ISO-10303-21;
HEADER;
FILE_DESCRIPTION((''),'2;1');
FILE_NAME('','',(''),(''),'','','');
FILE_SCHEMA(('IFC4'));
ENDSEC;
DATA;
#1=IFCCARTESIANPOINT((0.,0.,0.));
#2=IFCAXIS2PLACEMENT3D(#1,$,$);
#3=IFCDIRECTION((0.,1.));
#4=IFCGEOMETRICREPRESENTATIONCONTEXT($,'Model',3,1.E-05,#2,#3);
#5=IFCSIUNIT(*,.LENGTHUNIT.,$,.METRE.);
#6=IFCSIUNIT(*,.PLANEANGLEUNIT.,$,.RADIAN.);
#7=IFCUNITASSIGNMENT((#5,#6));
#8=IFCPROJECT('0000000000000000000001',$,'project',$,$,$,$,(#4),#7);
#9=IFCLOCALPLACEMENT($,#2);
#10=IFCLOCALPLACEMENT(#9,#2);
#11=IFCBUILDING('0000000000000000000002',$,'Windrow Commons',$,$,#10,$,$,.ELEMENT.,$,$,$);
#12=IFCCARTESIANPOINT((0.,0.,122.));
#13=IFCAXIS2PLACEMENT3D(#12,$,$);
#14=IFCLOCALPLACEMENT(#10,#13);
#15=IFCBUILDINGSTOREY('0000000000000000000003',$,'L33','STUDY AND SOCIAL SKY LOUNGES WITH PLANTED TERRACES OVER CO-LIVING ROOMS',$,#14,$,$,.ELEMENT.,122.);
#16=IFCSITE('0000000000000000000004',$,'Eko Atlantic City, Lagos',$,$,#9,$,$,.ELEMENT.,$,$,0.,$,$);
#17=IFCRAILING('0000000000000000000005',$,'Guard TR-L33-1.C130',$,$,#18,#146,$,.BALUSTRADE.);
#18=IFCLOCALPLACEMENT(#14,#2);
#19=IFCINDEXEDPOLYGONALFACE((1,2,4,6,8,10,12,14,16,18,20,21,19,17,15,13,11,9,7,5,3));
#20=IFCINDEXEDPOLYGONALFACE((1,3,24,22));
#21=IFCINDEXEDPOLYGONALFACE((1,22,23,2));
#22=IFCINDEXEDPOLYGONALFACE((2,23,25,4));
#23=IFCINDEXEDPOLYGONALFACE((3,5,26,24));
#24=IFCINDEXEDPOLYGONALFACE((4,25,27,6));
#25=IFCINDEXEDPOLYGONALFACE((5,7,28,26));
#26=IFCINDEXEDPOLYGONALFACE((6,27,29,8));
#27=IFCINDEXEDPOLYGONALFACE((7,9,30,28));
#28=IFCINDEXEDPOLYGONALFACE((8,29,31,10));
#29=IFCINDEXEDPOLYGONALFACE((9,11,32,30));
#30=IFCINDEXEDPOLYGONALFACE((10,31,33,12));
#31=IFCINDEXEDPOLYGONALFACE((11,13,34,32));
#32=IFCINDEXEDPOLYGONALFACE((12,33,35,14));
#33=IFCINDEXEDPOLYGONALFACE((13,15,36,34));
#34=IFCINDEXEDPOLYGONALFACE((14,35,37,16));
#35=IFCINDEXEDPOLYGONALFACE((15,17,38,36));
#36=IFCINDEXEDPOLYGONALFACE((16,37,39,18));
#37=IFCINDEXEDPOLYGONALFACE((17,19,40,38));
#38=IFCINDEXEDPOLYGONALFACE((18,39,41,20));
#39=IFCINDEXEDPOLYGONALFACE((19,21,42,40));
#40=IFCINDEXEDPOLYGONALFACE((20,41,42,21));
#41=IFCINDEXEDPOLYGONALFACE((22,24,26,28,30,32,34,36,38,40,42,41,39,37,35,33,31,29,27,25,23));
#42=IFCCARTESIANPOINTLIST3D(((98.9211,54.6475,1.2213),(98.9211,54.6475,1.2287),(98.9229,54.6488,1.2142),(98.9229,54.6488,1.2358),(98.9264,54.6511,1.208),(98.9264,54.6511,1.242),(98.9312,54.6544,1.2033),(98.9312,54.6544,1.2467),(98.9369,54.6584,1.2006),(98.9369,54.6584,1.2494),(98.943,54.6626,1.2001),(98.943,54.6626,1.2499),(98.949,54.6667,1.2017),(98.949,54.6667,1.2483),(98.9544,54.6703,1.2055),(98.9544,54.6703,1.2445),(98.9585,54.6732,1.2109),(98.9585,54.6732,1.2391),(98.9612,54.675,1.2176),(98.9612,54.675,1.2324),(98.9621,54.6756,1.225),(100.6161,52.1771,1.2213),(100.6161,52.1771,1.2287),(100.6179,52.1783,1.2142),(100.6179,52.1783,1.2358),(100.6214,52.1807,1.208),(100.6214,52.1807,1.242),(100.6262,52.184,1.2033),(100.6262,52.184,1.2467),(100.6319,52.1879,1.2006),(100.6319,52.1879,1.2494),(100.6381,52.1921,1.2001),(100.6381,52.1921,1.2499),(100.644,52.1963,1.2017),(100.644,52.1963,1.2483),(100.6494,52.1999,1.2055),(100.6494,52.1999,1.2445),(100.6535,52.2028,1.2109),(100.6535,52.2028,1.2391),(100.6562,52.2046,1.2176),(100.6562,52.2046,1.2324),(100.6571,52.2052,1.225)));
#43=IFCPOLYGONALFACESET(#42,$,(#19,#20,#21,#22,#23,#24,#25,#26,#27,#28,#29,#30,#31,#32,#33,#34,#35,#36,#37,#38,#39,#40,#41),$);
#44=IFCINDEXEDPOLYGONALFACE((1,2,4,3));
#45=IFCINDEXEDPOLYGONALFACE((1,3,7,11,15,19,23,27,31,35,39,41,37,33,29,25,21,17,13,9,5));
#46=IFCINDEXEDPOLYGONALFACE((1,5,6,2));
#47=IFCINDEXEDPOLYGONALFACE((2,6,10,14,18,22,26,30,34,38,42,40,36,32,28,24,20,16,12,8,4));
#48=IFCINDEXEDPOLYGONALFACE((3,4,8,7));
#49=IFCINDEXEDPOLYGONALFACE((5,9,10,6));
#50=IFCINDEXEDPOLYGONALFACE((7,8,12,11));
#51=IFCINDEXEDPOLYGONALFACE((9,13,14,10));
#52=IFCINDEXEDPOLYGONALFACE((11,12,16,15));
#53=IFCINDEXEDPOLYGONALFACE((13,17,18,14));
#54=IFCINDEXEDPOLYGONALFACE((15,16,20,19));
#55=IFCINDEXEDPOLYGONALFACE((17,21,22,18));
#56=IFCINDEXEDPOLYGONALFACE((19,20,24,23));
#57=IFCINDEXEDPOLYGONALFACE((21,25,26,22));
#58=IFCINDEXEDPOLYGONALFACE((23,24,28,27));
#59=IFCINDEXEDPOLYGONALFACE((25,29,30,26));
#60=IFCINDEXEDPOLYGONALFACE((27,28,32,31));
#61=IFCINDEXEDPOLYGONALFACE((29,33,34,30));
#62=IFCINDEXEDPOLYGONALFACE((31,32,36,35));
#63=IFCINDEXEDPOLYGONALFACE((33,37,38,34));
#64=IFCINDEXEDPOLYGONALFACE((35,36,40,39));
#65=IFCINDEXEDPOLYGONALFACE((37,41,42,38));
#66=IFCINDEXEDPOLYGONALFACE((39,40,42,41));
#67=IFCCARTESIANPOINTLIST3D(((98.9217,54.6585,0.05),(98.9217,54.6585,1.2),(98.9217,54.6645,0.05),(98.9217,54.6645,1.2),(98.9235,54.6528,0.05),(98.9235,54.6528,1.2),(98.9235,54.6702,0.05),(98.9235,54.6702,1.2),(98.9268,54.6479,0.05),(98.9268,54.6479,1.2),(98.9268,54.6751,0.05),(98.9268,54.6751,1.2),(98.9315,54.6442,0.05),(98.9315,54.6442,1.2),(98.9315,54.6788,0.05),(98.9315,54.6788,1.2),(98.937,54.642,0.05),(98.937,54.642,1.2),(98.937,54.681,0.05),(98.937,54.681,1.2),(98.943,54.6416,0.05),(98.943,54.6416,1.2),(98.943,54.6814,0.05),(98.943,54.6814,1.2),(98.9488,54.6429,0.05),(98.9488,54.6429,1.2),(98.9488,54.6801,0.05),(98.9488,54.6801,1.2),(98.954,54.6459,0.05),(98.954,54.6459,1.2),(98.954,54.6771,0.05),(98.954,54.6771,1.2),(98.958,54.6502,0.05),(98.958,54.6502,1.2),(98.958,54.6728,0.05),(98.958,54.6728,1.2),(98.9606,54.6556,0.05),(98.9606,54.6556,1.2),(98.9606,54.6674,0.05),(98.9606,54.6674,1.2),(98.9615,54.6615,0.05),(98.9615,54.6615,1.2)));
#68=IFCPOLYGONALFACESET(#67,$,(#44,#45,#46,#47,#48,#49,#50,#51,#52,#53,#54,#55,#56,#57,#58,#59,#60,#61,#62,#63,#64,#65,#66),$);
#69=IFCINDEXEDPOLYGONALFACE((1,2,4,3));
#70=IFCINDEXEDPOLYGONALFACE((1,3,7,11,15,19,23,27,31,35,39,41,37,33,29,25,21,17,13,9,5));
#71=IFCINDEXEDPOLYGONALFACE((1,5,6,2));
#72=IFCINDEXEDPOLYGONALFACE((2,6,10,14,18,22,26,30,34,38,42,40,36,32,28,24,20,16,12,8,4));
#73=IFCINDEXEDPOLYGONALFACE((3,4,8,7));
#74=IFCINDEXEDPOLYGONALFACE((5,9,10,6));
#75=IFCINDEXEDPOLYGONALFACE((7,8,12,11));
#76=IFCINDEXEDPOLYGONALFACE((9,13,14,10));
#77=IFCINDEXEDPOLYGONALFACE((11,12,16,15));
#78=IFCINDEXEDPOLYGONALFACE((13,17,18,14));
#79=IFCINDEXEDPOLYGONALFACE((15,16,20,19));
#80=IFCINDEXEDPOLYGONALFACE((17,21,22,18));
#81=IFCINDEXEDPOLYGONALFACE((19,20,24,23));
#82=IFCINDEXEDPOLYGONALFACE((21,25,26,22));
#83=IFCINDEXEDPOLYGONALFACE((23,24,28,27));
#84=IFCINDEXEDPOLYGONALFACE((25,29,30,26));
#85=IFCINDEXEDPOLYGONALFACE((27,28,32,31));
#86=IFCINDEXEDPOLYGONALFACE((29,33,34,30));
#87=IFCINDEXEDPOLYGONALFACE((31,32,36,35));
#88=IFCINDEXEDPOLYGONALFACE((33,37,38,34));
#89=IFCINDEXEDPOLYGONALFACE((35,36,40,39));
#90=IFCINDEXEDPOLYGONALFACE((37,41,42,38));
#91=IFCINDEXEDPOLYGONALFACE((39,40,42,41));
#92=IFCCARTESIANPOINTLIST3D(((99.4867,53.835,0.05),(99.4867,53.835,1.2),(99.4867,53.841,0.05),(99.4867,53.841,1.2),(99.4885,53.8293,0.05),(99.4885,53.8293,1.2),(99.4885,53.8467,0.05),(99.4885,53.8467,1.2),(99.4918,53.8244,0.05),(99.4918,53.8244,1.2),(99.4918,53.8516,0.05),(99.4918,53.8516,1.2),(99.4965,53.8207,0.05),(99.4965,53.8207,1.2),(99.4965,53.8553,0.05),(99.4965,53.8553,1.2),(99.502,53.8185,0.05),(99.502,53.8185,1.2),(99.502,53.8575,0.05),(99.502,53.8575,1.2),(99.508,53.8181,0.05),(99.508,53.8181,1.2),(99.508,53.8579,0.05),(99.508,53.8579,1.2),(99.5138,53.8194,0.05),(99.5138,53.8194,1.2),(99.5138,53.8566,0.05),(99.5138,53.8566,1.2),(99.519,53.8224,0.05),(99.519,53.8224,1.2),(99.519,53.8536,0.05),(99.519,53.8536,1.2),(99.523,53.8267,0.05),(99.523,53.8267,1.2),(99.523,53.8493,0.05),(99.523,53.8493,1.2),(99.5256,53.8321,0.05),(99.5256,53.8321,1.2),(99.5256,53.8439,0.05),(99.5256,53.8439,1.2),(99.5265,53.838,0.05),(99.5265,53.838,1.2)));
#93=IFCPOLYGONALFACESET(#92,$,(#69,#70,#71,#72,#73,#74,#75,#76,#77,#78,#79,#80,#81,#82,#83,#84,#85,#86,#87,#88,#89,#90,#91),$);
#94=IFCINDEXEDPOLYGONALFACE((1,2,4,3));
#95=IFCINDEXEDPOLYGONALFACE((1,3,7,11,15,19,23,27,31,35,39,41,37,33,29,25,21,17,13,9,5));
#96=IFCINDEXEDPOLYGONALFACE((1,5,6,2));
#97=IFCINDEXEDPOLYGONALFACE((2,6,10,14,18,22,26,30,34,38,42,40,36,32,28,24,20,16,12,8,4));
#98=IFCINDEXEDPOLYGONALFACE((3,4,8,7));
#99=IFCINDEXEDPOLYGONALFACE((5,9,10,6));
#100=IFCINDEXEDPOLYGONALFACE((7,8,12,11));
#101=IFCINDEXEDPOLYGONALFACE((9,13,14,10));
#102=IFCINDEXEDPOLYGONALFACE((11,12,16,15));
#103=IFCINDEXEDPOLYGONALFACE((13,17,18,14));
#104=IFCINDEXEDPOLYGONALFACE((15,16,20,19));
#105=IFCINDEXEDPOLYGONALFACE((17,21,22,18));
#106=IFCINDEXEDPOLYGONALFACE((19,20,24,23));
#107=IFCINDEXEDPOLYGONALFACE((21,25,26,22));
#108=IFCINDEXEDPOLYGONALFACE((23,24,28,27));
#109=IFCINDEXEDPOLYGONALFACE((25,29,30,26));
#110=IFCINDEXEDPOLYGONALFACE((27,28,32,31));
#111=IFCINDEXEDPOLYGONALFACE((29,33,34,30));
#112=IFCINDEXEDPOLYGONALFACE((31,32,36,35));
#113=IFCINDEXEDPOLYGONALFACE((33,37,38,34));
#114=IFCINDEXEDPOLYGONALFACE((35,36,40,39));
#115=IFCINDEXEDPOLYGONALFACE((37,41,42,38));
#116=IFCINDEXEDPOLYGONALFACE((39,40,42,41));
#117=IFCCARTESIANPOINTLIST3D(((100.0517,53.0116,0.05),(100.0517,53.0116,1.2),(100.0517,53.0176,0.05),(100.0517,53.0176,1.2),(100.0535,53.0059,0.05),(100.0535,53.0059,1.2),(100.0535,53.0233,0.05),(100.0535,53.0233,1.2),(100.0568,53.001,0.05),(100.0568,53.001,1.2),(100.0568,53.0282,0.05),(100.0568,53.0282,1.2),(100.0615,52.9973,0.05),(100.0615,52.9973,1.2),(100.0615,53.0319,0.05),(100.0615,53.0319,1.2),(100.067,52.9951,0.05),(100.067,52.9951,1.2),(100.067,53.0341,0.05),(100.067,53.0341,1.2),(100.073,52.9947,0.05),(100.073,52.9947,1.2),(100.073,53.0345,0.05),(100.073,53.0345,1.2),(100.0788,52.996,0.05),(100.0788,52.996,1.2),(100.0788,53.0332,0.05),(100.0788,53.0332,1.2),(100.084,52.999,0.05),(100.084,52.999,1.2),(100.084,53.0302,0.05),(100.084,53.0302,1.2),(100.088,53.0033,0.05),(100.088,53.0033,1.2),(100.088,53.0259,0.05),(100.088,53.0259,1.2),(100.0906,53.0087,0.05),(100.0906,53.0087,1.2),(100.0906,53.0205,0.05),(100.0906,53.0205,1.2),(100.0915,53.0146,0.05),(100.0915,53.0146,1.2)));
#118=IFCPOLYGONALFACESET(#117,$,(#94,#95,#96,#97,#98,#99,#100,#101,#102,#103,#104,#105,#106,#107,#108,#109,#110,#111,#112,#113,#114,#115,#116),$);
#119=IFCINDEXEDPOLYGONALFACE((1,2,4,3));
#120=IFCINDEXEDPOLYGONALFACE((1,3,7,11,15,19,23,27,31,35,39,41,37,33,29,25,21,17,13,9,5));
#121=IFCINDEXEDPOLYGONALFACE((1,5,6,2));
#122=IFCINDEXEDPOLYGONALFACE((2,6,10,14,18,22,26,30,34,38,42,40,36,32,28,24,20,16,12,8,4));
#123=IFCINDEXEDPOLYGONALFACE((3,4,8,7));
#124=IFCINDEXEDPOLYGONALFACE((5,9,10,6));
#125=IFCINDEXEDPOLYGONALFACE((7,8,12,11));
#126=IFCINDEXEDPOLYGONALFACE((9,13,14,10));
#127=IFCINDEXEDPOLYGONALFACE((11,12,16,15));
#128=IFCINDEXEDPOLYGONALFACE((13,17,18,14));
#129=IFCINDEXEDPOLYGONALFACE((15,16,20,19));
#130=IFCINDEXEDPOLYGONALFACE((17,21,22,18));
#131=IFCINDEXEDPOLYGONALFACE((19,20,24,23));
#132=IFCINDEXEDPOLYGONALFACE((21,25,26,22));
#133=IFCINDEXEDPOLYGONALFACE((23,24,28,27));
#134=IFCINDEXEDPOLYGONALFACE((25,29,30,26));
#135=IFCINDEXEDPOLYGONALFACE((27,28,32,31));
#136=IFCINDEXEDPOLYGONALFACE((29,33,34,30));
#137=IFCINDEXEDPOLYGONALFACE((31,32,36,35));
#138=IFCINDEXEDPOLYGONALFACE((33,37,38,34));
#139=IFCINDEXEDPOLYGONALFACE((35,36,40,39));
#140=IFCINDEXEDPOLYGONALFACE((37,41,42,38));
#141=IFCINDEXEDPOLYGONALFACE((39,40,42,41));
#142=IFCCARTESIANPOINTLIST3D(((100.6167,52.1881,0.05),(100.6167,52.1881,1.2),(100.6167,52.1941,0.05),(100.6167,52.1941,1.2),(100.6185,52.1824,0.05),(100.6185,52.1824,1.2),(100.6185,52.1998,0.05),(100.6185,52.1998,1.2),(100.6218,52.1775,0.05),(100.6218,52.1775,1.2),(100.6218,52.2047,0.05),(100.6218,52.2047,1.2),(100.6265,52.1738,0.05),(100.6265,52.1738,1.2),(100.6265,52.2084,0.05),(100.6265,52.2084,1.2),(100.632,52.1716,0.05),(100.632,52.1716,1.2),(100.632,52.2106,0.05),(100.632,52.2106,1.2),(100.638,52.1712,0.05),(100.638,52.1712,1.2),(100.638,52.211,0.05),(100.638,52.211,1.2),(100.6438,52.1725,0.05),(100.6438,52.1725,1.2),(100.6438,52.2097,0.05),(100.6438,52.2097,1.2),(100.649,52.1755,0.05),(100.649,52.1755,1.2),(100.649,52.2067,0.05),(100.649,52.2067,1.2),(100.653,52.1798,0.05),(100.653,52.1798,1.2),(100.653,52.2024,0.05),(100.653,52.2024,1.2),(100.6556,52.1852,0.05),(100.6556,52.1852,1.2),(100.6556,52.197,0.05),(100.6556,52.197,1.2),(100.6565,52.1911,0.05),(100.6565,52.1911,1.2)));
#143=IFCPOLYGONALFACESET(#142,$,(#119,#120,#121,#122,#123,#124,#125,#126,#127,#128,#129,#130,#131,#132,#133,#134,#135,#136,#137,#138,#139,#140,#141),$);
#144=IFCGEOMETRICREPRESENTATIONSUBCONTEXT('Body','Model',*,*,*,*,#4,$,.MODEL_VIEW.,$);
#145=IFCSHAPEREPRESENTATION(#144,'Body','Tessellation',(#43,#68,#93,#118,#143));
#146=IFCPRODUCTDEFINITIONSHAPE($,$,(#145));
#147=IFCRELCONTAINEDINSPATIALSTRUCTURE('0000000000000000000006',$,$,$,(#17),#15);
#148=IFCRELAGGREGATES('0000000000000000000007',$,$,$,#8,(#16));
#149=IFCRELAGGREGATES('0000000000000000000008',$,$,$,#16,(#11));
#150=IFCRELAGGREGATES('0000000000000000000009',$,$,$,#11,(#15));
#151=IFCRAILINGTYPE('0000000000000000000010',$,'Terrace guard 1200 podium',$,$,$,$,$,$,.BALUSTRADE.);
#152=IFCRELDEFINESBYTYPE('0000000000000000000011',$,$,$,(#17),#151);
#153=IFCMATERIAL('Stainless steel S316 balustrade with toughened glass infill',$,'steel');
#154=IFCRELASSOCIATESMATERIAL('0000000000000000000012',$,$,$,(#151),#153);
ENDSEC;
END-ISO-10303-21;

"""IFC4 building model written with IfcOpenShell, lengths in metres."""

from ifc_helpers import new_model, si_unit, direction, frame, origin, origin_2d, place, context, subcontext, project, spatial, circle, extrude, material, type_object, element, save


model = new_model("IFC4")

# Units and contexts
model_context = context("Model", 3, precision=1e-05, world=origin(), true_north=direction((0.0, 1.0)))
body_context = subcontext(model_context, "Body", "Model", "MODEL_VIEW")
ifc_project = project(units=[si_unit("LENGTHUNIT", "METRE"), si_unit("PLANEANGLEUNIT", "RADIAN")], contexts=[model_context])

# Site, building, storey
site_placement = place(None, origin())
site = spatial("IfcSite", under=ifc_project, at=site_placement, Name="Eko Atlantic City, Lagos", CompositionType="ELEMENT", RefElevation=0.0)
building_placement = place(site_placement, origin())
building = spatial("IfcBuilding", under=site, at=building_placement, Name="Windrow Commons", CompositionType="ELEMENT")
storey_placement = place(building_placement, frame((0.0, 0.0, 122.0)))
storey = spatial("IfcBuildingStorey", under=building, at=storey_placement, Name="L33", Description="STUDY AND SOCIAL SKY LOUNGES WITH PLANTED TERRACES OVER CO-LIVING ROOMS", CompositionType="ELEMENT", Elevation=122.0)

# Railing
ifc_material_1 = material(Name="Stainless steel S316 balustrade with toughened glass infill", Category="steel")
railing_type_1 = type_object("IfcRailingType", Name="Terrace guard 1200 podium", PredefinedType="BALUSTRADE", material=ifc_material_1)
railing_1_placement = place(storey_placement, frame((98.9415, 54.6615, 0.05)))
element("IfcRailing", 1, at=railing_1_placement, inside=storey, type_object=railing_type_1, Name="Guard TR-L33-1.C130", PredefinedType="BALUSTRADE", context=body_context, shape_type="SweptSolid", body=[
    extrude(circle(Radius=0.025, at=origin_2d()), frame((0.0, 0.0, 1.175), z_axis=(0.565758, -0.824571, 0.0), x_axis=(0.824571, 0.565758, 0.0)), (0.0, 0.0, 1.0), 2.996),
    extrude(circle(Radius=0.02, at=origin_2d()), origin(), (0.0, 0.0, 1.0), 1.15),
    extrude(circle(Radius=0.02, at=origin_2d()), frame((0.565, -0.8235, 0.0)), (0.0, 0.0, 1.0), 1.15),
    extrude(circle(Radius=0.02, at=origin_2d()), frame((1.13, -1.6469, 0.0)), (0.0, 0.0, 1.0), 1.15),
    extrude(circle(Radius=0.02, at=origin_2d()), frame((1.695, -2.4704, 0.0)), (0.0, 0.0, 1.0), 1.15),
])

save(model, "model.ifc")
